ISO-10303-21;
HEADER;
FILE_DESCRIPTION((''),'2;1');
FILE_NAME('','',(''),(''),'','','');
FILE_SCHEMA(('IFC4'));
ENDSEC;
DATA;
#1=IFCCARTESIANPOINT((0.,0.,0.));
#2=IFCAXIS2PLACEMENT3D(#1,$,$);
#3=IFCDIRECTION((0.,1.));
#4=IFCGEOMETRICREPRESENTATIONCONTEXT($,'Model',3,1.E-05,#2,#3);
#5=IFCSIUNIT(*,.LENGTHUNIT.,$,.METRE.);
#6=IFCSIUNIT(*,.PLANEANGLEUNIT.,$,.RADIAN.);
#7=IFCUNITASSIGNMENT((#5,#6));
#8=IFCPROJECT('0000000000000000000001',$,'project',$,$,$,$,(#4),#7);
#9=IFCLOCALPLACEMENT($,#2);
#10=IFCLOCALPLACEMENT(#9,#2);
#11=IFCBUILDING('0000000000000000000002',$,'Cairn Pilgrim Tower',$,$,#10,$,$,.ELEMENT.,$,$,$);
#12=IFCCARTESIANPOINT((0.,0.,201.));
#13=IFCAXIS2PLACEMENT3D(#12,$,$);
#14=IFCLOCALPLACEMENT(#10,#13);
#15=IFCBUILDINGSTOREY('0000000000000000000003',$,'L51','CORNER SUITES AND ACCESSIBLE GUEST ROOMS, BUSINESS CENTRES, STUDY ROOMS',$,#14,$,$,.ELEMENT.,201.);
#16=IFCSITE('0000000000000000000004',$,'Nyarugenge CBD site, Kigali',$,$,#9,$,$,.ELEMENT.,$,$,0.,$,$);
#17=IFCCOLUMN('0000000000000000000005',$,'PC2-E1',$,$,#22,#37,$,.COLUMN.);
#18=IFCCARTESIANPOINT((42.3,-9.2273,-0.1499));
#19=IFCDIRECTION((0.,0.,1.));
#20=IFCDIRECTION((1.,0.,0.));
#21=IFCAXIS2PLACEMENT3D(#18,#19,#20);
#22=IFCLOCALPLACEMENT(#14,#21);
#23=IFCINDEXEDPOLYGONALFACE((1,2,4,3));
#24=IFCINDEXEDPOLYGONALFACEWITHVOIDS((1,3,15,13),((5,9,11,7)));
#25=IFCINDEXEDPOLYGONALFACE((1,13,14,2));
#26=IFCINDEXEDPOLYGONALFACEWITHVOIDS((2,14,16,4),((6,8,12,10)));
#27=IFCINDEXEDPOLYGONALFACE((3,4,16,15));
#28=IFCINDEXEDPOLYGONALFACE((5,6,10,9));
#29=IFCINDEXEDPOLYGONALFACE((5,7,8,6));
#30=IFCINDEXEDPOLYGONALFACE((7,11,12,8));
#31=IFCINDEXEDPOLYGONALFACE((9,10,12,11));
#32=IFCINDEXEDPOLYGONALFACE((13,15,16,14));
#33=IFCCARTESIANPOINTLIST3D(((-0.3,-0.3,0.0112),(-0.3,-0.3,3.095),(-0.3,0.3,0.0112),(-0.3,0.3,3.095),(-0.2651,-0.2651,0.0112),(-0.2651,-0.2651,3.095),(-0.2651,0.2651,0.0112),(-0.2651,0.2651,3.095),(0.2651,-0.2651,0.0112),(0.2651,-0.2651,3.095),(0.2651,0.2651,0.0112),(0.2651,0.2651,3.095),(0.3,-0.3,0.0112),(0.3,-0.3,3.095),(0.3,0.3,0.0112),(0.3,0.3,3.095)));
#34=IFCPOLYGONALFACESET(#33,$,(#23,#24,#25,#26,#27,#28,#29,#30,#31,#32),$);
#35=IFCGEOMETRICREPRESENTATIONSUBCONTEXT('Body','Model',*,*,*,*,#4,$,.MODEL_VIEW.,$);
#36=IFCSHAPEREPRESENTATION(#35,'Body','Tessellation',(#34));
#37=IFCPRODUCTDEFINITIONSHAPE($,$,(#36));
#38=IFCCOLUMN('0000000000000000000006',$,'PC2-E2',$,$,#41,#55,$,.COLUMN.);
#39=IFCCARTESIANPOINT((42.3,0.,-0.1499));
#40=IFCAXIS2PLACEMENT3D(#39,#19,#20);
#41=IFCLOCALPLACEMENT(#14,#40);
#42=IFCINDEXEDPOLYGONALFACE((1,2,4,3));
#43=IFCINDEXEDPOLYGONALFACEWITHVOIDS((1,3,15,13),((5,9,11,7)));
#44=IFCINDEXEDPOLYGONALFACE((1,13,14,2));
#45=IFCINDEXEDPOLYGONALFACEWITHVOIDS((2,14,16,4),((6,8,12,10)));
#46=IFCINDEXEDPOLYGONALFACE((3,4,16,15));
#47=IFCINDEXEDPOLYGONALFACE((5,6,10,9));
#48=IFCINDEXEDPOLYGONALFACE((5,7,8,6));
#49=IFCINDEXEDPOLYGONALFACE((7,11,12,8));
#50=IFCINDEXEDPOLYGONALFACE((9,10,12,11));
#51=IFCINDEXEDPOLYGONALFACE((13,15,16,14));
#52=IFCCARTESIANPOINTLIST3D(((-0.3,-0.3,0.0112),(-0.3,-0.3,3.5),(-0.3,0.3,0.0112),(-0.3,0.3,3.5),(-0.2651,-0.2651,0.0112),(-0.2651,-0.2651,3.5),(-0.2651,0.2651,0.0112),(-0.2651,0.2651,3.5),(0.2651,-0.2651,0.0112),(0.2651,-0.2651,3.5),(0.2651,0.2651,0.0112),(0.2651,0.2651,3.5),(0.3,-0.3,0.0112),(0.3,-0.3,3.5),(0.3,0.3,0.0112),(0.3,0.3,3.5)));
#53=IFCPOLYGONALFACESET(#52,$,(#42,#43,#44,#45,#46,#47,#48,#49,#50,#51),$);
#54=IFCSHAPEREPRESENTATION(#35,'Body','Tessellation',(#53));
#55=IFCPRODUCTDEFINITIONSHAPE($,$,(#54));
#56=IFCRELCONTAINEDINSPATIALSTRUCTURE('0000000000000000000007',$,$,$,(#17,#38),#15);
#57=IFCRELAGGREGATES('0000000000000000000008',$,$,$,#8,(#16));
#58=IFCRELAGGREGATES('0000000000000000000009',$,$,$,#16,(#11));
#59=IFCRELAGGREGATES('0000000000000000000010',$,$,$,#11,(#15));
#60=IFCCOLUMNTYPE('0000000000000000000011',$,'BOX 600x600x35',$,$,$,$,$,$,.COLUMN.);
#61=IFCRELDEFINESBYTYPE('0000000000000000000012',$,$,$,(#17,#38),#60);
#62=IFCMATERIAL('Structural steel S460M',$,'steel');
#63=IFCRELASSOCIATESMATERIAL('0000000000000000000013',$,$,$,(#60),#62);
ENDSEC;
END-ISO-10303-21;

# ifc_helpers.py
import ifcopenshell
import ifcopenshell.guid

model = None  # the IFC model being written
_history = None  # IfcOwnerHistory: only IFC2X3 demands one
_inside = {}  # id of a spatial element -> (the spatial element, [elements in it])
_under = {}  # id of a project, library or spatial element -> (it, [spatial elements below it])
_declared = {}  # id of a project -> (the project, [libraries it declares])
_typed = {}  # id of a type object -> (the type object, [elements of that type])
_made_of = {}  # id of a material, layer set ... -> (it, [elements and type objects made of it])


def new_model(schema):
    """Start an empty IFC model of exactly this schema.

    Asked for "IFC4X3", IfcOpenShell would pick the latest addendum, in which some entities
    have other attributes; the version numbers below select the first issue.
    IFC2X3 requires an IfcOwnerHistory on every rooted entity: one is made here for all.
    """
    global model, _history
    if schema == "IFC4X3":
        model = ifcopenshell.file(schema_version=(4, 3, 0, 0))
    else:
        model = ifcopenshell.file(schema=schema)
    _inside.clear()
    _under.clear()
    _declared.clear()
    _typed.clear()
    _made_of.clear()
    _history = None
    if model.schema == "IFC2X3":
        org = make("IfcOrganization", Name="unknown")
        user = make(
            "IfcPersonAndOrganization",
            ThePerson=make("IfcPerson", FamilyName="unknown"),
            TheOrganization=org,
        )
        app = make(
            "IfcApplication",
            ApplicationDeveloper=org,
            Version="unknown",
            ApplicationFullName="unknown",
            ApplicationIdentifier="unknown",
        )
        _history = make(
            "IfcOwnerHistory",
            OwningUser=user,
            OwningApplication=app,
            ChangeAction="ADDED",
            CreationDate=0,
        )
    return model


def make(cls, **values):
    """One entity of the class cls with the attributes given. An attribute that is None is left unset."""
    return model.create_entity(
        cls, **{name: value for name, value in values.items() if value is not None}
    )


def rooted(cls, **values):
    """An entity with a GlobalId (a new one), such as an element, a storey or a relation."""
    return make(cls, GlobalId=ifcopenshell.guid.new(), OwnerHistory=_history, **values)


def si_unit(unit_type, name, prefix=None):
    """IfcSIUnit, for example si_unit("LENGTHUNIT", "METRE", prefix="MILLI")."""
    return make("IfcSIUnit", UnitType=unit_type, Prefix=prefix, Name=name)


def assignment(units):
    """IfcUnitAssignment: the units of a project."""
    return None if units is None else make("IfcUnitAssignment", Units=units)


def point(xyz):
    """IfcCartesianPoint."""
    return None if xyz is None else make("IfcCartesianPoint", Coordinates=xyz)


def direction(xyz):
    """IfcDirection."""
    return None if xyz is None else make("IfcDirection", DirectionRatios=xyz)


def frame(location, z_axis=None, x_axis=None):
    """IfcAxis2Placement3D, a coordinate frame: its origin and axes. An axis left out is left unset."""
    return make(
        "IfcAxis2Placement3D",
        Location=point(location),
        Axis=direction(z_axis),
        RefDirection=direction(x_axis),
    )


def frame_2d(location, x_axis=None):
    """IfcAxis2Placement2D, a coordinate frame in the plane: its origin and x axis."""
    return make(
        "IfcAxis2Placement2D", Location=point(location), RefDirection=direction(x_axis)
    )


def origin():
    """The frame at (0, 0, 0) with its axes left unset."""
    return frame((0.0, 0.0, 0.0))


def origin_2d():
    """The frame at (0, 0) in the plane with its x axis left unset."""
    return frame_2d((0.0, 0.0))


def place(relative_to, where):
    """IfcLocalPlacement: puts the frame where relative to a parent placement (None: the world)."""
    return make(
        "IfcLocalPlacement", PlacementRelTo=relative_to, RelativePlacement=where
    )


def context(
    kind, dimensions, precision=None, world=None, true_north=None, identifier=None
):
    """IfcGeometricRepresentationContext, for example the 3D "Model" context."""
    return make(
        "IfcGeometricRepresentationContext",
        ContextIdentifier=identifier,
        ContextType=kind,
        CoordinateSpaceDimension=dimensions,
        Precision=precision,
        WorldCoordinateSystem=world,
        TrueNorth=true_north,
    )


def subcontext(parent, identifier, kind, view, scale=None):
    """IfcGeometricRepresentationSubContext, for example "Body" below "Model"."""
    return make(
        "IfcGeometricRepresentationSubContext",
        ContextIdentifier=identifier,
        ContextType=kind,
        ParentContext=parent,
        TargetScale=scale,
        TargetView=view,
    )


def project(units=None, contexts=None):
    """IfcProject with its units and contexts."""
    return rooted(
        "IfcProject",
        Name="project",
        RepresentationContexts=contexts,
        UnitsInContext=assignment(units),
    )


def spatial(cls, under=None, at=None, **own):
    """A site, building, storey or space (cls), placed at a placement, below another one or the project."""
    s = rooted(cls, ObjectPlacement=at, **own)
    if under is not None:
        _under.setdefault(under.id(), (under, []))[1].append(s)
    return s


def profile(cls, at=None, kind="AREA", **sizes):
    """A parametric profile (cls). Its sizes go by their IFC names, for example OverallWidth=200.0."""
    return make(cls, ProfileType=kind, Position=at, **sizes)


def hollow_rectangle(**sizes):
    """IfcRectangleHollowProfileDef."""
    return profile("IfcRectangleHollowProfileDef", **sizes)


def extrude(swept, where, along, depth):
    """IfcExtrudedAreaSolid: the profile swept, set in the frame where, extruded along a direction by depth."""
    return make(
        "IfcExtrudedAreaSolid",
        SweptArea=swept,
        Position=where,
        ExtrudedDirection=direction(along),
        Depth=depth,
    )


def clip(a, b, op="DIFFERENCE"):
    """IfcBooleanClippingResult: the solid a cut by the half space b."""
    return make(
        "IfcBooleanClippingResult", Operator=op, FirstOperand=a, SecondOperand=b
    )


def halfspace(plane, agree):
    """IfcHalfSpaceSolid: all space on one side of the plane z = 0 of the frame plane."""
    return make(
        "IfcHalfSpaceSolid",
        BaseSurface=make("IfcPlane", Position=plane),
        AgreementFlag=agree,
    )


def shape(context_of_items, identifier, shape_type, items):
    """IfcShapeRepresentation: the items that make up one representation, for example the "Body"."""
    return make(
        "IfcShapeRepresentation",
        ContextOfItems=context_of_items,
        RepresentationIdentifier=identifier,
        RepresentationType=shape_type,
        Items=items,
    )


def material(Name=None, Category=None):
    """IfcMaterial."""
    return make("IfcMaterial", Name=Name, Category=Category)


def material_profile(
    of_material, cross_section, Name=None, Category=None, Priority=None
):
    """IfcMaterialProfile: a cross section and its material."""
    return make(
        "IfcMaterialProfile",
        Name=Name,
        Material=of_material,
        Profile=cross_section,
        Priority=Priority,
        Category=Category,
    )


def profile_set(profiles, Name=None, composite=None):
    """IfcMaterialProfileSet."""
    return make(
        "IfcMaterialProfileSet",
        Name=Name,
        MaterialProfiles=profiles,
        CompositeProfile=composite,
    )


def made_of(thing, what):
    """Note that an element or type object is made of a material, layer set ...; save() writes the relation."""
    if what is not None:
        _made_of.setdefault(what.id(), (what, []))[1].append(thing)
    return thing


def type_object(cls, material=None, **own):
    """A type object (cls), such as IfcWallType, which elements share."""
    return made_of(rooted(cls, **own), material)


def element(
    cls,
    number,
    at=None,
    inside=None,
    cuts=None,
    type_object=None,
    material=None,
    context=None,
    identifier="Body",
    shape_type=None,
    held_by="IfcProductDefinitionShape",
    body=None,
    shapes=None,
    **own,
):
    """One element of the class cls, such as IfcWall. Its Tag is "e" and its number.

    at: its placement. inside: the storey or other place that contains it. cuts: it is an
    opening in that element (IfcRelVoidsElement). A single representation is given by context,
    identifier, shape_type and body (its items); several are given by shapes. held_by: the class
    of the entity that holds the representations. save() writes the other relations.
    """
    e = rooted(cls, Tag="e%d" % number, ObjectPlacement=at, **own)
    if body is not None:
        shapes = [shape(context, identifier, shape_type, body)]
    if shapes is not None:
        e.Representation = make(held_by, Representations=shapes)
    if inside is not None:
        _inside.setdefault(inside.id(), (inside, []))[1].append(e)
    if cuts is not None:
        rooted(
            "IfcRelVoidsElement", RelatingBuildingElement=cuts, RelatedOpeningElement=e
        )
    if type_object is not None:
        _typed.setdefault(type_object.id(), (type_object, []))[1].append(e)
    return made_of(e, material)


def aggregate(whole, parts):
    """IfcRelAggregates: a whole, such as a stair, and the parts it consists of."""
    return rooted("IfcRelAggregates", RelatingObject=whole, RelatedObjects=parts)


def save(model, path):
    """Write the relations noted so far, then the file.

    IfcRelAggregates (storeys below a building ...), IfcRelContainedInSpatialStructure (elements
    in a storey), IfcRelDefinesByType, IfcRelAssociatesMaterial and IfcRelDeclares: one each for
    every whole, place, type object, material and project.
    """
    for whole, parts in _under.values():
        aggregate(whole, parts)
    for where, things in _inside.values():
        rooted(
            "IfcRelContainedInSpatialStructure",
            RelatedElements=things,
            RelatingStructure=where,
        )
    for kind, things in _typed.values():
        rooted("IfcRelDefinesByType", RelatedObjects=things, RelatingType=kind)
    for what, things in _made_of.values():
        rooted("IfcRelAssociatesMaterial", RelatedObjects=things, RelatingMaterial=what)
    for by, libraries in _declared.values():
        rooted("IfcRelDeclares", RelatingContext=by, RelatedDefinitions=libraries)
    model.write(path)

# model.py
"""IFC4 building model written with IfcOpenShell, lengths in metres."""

from ifc_helpers import new_model, si_unit, direction, frame, origin, origin_2d, place, context, subcontext, project, spatial, hollow_rectangle, extrude, clip, halfspace, material, material_profile, profile_set, type_object, element, save


model = new_model("IFC4")

# Units and contexts
model_context = context("Model", 3, precision=1e-05, world=origin(), true_north=direction((0.0, 1.0)))
body_context = subcontext(model_context, "Body", "Model", "MODEL_VIEW")
ifc_project = project(units=[si_unit("LENGTHUNIT", "METRE"), si_unit("PLANEANGLEUNIT", "RADIAN")], contexts=[model_context])

# Site, building, storey
site_placement = place(None, origin())
site = spatial("IfcSite", under=ifc_project, at=site_placement, Name="Nyarugenge CBD site, Kigali", CompositionType="ELEMENT", RefElevation=0.0)
building_placement = place(site_placement, origin())
building = spatial("IfcBuilding", under=site, at=building_placement, Name="Cairn Pilgrim Tower", CompositionType="ELEMENT")
storey_placement = place(building_placement, frame((0.0, 0.0, 201.0)))
storey = spatial("IfcBuildingStorey", under=building, at=storey_placement, Name="L51", Description="CORNER SUITES AND ACCESSIBLE GUEST ROOMS, BUSINESS CENTRES, STUDY ROOMS", CompositionType="ELEMENT", Elevation=201.0)

# Columns
ifc_material_1 = material(Name="Structural steel S460M", Category="steel")
ifc_material_profile_1 = material_profile(ifc_material_1, hollow_rectangle(XDim=0.6001, YDim=0.6001, WallThickness=0.0349, at=origin_2d()), Name="BOX 600x600x35")
ifc_profile_set_1 = profile_set([ifc_material_profile_1], Name="Structural steel S460M")
column_type = type_object("IfcColumnType", Name="BOX 600x600x35", PredefinedType="COLUMN", material=ifc_profile_set_1)
column_1_placement = place(storey_placement, frame((42.3, -9.2273, -0.1499), z_axis=(0.0, 0.0, 1.0), x_axis=(1.0, 0.0, 0.0)))
element("IfcColumn", 1, at=column_1_placement, inside=storey, type_object=column_type, Name="PC2-E1", PredefinedType="COLUMN", context=body_context, shape_type="Clipping", body=[
    clip(clip(extrude(hollow_rectangle(XDim=0.6001, YDim=0.6001, WallThickness=0.0349, at=origin_2d()), origin(), (0.0, 0.0, 1.0), 3.5), halfspace(frame((0.0, 0.0, 0.0112), z_axis=(0.0, 0.0, 1.0), x_axis=(1.0, 0.0, 0.0)), True)), halfspace(frame((0.0, 0.0, 3.095), z_axis=(0.0, 0.0, 1.0), x_axis=(1.0, 0.0, 0.0)), False)),
])
column_2_placement = place(storey_placement, frame((42.3, 0.0, -0.1499), z_axis=(0.0, 0.0, 1.0), x_axis=(1.0, 0.0, 0.0)))
element("IfcColumn", 2, at=column_2_placement, inside=storey, type_object=column_type, Name="PC2-E2", PredefinedType="COLUMN", context=body_context, shape_type="Clipping", body=[
    clip(extrude(hollow_rectangle(XDim=0.6001, YDim=0.6001, WallThickness=0.0349, at=origin_2d()), origin(), (0.0, 0.0, 1.0), 3.5), halfspace(frame((0.0, 0.0, 0.0112), z_axis=(0.0, 0.0, 1.0), x_axis=(1.0, 0.0, 0.0)), True)),
])

save(model, "model.ifc")
